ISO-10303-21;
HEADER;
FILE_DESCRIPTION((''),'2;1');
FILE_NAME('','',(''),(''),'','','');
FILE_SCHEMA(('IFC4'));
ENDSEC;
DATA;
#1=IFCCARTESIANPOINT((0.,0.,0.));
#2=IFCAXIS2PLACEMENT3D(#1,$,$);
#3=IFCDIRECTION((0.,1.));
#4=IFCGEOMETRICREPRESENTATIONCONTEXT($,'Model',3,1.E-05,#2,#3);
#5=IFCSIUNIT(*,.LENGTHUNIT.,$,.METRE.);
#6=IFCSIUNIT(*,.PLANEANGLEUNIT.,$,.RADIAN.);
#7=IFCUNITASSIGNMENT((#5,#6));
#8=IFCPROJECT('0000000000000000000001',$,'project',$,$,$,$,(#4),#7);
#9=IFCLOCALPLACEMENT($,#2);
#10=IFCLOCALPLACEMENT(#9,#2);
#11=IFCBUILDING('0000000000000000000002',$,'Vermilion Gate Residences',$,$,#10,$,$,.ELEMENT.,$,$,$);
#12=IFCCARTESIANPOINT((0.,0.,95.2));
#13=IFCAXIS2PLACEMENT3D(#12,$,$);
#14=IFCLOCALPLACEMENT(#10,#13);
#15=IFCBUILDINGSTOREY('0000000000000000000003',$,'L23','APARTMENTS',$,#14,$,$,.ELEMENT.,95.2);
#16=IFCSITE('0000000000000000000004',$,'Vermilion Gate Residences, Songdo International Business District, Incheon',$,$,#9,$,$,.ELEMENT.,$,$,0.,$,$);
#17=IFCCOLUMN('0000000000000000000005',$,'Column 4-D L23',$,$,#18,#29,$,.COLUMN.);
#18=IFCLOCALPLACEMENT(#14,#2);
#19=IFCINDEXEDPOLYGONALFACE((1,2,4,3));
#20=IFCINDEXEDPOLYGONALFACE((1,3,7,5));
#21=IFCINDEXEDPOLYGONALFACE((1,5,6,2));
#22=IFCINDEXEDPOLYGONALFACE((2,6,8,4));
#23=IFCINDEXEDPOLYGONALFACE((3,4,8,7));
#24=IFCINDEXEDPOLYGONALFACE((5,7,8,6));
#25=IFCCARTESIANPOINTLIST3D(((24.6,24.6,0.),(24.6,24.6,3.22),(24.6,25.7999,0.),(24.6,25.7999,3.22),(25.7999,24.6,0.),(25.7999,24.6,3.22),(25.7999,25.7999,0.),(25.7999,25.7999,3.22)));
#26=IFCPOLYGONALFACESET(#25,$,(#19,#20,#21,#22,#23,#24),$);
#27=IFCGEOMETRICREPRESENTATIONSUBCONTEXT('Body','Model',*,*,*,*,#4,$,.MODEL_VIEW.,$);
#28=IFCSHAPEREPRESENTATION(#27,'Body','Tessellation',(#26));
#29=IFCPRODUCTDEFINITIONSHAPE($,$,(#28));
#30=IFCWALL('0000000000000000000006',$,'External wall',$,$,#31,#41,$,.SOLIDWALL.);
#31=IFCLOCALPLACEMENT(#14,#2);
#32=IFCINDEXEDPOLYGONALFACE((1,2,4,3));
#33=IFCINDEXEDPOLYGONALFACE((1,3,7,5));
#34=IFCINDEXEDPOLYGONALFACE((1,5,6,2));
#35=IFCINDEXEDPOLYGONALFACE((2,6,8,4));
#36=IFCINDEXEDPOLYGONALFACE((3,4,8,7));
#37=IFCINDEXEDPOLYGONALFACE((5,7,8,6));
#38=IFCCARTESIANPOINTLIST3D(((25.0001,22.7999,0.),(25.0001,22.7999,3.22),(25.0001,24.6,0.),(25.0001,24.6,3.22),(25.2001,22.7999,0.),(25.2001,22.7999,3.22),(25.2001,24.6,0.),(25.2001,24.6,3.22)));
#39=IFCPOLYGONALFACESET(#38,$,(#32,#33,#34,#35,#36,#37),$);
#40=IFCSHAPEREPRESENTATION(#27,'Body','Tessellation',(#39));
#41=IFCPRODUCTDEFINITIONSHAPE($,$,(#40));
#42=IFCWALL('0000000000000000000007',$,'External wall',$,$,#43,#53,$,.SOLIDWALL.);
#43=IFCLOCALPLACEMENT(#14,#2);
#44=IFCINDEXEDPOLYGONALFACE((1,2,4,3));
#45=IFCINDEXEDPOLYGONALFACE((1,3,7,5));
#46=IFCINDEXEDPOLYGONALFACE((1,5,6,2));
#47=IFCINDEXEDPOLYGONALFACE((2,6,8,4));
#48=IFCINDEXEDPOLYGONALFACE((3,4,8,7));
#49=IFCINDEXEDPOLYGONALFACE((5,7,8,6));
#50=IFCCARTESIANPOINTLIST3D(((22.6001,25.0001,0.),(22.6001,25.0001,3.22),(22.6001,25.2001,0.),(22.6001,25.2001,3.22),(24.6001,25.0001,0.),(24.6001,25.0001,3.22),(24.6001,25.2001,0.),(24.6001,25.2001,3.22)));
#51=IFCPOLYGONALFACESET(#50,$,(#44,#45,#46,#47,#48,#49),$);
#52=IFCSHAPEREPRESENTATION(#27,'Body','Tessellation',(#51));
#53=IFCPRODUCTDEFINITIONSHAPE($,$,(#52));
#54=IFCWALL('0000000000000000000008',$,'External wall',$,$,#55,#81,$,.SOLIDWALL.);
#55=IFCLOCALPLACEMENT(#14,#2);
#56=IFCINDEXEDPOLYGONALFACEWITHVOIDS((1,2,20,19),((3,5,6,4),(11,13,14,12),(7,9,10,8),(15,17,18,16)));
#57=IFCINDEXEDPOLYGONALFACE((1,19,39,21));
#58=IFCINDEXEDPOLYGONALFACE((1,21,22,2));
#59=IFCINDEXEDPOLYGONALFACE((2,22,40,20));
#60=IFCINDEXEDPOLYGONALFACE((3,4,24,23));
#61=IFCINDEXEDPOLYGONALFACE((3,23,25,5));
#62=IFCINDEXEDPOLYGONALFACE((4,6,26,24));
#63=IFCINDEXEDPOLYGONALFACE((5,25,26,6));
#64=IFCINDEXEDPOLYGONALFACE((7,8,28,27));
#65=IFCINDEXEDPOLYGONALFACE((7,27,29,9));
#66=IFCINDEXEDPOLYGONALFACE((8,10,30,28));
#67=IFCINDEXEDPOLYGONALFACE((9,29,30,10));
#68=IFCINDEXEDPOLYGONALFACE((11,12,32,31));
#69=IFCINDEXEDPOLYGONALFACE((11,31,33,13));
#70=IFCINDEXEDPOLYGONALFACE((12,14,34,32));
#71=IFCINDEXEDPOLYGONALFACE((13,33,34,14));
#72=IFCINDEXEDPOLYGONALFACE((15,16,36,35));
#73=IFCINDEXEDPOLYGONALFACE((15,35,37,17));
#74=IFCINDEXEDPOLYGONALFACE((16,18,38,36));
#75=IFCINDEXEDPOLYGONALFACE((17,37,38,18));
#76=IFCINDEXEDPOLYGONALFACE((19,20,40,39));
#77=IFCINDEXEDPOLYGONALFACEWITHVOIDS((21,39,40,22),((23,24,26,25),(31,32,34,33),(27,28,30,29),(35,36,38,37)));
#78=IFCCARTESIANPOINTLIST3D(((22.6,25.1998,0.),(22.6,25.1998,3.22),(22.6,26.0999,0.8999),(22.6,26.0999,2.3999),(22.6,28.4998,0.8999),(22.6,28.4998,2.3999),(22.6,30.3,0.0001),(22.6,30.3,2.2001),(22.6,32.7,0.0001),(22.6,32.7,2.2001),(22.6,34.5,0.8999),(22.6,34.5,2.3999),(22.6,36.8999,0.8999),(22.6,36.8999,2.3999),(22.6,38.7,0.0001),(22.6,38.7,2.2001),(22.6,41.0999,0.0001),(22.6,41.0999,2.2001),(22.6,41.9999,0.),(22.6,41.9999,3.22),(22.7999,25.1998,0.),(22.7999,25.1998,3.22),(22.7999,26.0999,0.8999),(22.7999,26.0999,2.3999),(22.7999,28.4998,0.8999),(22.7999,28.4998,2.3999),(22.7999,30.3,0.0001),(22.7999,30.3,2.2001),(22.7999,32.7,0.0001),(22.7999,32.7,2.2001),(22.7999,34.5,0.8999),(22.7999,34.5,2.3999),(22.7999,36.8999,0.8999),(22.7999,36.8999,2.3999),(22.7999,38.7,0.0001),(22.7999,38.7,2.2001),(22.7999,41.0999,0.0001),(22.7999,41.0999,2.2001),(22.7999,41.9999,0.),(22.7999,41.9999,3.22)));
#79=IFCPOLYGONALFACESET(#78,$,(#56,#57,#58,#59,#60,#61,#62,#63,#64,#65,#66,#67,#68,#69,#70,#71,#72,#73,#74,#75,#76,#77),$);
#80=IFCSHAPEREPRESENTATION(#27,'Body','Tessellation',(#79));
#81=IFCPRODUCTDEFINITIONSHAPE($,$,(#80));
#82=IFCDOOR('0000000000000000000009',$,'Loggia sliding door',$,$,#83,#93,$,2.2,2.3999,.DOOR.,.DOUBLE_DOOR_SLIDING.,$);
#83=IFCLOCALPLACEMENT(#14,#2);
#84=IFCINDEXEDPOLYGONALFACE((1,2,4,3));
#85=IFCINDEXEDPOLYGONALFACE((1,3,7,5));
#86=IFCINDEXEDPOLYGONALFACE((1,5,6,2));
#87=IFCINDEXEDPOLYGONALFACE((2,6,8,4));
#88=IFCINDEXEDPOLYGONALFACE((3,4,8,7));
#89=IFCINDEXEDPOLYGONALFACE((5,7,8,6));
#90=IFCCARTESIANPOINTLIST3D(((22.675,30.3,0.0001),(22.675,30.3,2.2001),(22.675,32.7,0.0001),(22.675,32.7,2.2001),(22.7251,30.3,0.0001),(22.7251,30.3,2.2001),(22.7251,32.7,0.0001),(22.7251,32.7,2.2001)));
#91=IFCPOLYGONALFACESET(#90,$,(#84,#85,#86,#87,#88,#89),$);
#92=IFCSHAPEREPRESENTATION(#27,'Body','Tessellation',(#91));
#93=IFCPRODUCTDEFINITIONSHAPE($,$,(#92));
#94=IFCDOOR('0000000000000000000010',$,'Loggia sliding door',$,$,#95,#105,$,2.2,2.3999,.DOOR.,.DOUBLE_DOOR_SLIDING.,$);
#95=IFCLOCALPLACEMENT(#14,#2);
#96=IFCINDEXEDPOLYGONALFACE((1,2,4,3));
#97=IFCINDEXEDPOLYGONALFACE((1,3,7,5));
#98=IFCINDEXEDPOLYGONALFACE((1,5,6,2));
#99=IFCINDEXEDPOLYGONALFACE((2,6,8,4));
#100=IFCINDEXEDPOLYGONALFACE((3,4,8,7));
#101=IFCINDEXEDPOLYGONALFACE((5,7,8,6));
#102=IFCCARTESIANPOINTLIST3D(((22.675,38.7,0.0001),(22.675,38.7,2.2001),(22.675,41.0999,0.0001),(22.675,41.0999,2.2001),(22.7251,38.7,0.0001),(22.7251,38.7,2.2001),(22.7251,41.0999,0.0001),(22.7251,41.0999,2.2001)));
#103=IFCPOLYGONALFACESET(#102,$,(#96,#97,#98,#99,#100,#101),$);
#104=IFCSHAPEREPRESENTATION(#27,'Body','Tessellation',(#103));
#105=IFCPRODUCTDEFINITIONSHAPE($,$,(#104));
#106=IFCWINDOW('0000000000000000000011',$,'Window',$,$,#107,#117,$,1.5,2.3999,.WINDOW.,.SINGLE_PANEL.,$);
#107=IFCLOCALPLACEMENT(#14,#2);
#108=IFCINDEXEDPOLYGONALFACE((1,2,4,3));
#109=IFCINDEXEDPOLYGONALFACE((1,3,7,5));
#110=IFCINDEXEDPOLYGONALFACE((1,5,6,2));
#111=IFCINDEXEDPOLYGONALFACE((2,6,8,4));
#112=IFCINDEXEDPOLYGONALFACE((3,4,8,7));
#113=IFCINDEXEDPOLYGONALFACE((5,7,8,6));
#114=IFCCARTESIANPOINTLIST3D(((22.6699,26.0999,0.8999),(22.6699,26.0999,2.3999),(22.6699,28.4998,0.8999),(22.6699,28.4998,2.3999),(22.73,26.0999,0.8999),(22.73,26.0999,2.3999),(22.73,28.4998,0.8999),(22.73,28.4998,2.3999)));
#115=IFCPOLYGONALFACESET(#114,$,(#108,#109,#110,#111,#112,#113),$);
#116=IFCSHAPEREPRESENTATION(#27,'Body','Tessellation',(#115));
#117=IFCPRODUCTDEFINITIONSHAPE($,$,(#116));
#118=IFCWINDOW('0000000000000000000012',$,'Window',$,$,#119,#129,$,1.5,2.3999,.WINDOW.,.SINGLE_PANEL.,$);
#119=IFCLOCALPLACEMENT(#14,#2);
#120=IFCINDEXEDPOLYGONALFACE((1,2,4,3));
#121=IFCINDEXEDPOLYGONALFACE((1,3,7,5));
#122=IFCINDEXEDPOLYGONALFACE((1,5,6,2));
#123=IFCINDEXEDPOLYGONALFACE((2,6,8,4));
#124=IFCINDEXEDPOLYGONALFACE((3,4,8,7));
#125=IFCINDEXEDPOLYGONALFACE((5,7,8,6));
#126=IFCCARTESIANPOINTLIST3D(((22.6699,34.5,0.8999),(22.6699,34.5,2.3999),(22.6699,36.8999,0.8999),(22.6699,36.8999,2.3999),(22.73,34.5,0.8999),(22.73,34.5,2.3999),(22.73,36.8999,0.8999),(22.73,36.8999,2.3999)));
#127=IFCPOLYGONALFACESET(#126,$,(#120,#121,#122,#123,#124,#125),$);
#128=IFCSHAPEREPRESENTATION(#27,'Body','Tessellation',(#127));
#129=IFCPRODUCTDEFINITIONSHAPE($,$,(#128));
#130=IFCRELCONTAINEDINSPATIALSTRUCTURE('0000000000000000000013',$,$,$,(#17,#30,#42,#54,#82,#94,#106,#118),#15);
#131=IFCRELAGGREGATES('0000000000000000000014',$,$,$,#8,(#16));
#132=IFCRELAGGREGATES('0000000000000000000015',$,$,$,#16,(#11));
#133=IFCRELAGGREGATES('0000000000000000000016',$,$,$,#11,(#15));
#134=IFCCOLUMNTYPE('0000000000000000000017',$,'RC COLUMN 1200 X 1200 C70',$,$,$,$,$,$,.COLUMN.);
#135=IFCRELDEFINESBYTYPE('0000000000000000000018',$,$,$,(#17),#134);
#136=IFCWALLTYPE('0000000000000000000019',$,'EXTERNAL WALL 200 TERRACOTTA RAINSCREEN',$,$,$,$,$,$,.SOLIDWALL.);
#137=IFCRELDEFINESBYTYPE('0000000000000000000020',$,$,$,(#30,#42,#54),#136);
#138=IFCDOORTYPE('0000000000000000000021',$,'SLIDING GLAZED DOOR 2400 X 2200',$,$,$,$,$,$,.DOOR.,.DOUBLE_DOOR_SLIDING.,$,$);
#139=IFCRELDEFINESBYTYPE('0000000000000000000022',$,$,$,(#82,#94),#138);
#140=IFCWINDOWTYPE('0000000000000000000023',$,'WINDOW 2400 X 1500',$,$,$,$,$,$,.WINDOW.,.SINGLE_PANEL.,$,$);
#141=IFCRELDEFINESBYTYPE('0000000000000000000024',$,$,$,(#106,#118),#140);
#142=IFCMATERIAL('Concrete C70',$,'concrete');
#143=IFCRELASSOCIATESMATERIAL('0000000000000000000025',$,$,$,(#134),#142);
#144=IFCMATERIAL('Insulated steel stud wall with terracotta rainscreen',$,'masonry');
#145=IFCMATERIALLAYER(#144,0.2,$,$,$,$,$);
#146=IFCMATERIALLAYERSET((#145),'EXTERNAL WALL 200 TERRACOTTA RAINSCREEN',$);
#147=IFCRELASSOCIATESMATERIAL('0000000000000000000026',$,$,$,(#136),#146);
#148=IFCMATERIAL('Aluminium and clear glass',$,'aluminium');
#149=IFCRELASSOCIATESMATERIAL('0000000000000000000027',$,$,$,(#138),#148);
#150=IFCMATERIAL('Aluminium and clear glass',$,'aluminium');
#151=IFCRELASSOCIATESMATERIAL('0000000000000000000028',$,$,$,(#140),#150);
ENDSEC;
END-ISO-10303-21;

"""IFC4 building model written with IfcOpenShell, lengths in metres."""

from ifc_helpers import new_model, si_unit, direction, frame, frame_2d, origin, origin_2d, place, context, subcontext, project, spatial, rectangle, extrude, material, layer, layer_set, material_profile, profile_set, type_object, element, fill, save


model = new_model("IFC4")

# Units and contexts
model_context = context("Model", 3, precision=1e-05, world=origin(), true_north=direction((0.0, 1.0)))
body_context = subcontext(model_context, "Body", "Model", "MODEL_VIEW")
ifc_project = project(units=[si_unit("LENGTHUNIT", "METRE"), si_unit("PLANEANGLEUNIT", "RADIAN")], contexts=[model_context])

# Site, building, storey
site_placement = place(None, origin())
site = spatial("IfcSite", under=ifc_project, at=site_placement, Name="Vermilion Gate Residences, Songdo International Business District, Incheon", CompositionType="ELEMENT", RefElevation=0.0)
building_placement = place(site_placement, origin())
building = spatial("IfcBuilding", under=site, at=building_placement, Name="Vermilion Gate Residences", CompositionType="ELEMENT")
storey_placement = place(building_placement, frame((0.0, 0.0, 95.2)))
storey = spatial("IfcBuildingStorey", under=building, at=storey_placement, Name="L23", Description="APARTMENTS", CompositionType="ELEMENT", Elevation=95.2)

# Column
ifc_material_1 = material(Name="Concrete C70", Category="concrete")
ifc_material_profile = material_profile(ifc_material_1, rectangle(XDim=1.2, YDim=1.2, at=origin_2d()), Name="RC-1200x1200")
ifc_profile_set = profile_set([ifc_material_profile], Name="Concrete C70")
column_type = type_object("IfcColumnType", Name="RC COLUMN 1200 X 1200 C70", PredefinedType="COLUMN", material=ifc_profile_set)
column_placement = place(storey_placement, frame((25.2, 25.2, 0.0), z_axis=(0.0, 0.0, 1.0), x_axis=(1.0, 0.0, 0.0)))
element("IfcColumn", 1, at=column_placement, inside=storey, type_object=column_type, Name="Column 4-D L23", PredefinedType="COLUMN", context=body_context, shape_type="SweptSolid", body=[
    extrude(rectangle(XDim=1.2, YDim=1.2, at=origin_2d()), origin(), (0.0, 0.0, 1.0), 3.22),
])

# Walls
ifc_material_2 = material(Name="Insulated steel stud wall with terracotta rainscreen", Category="masonry")
ifc_layer_1 = layer(ifc_material_2, 0.2)
ifc_layer_set_1 = layer_set([ifc_layer_1], Name="EXTERNAL WALL 200 TERRACOTTA RAINSCREEN")
wall_type_1 = type_object("IfcWallType", Name="EXTERNAL WALL 200 TERRACOTTA RAINSCREEN", PredefinedType="SOLIDWALL", material=ifc_layer_set_1)
wall_1_placement = place(storey_placement, frame((25.1001, 22.8, 0.0), z_axis=(0.0, 0.0, 1.0), x_axis=(0.0, 1.0, 0.0)))
element("IfcWall", 2, at=wall_1_placement, inside=storey, type_object=wall_type_1, Name="External wall", PredefinedType="SOLIDWALL", context=body_context, shape_type="SweptSolid", body=[
    extrude(rectangle(XDim=1.8, YDim=0.2, at=frame_2d((0.8999, 0.0))), origin(), (0.0, 0.0, 1.0), 3.22),
])
wall_2_placement = place(storey_placement, frame((24.6001, 25.1001, 0.0), z_axis=(0.0, 0.0, 1.0), x_axis=(-1.0, 0.0, 0.0)))
element("IfcWall", 3, at=wall_2_placement, inside=storey, type_object=wall_type_1, Name="External wall", PredefinedType="SOLIDWALL", context=body_context, shape_type="SweptSolid", body=[
    extrude(rectangle(XDim=2.0, YDim=0.2, at=frame_2d((1.0, 0.0))), origin(), (0.0, 0.0, 1.0), 3.22),
])

# Wall, openings, doors, windows
wall_3_placement = place(storey_placement, frame((22.7, 25.2, 0.0), z_axis=(0.0, 0.0, 1.0), x_axis=(0.0, 1.0, 0.0)))
wall_3 = element("IfcWall", 4, at=wall_3_placement, inside=storey, type_object=wall_type_1, Name="External wall", PredefinedType="SOLIDWALL", context=body_context, shape_type="SweptSolid", body=[
    extrude(rectangle(XDim=16.8, YDim=0.2, at=frame_2d((8.3999, 0.0))), origin(), (0.0, 0.0, 1.0), 3.22),
])
opening_1_placement = place(wall_3_placement, frame((0.8999, 0.0, 0.8999)))
opening_1 = element("IfcOpeningElement", 5, at=opening_1_placement, cuts=wall_3, PredefinedType="OPENING", context=body_context, shape_type="SweptSolid", body=[
    extrude(rectangle(XDim=2.3999, YDim=1.5, at=frame_2d((1.2, 0.75))), frame((0.0, 0.1099, 0.0), z_axis=(0.0, -1.0, 0.0), x_axis=(1.0, 0.0, 0.0)), (0.0, 0.0, 1.0), 0.22),
])
opening_2_placement = place(wall_3_placement, frame((5.1001, 0.0, 0.0)))
opening_2 = element("IfcOpeningElement", 6, at=opening_2_placement, cuts=wall_3, PredefinedType="OPENING", context=body_context, shape_type="SweptSolid", body=[
    extrude(rectangle(XDim=2.3999, YDim=2.2, at=frame_2d((1.2, 1.1001))), frame((0.0, 0.1099, 0.0), z_axis=(0.0, -1.0, 0.0), x_axis=(1.0, 0.0, 0.0)), (0.0, 0.0, 1.0), 0.22),
])
opening_3_placement = place(wall_3_placement, frame((9.3, 0.0, 0.8999)))
opening_3 = element("IfcOpeningElement", 7, at=opening_3_placement, cuts=wall_3, PredefinedType="OPENING", context=body_context, shape_type="SweptSolid", body=[
    extrude(rectangle(XDim=2.3999, YDim=1.5, at=frame_2d((1.2, 0.75))), frame((0.0, 0.1099, 0.0), z_axis=(0.0, -1.0, 0.0), x_axis=(1.0, 0.0, 0.0)), (0.0, 0.0, 1.0), 0.22),
])
opening_4_placement = place(wall_3_placement, frame((13.5, 0.0, 0.0)))
opening_4 = element("IfcOpeningElement", 8, at=opening_4_placement, cuts=wall_3, PredefinedType="OPENING", context=body_context, shape_type="SweptSolid", body=[
    extrude(rectangle(XDim=2.3999, YDim=2.2, at=frame_2d((1.2, 1.1001))), frame((0.0, 0.1099, 0.0), z_axis=(0.0, -1.0, 0.0), x_axis=(1.0, 0.0, 0.0)), (0.0, 0.0, 1.0), 0.22),
])
ifc_material_3 = material(Name="Aluminium and clear glass", Category="aluminium")
door_type_1 = type_object("IfcDoorType", Name="SLIDING GLAZED DOOR 2400 X 2200", OperationType="DOUBLE_DOOR_SLIDING", PredefinedType="DOOR", material=ifc_material_3)
door_1_placement = place(opening_2_placement, origin())
door_1 = element("IfcDoor", 9, at=door_1_placement, inside=storey, type_object=door_type_1, Name="Loggia sliding door", OperationType="DOUBLE_DOOR_SLIDING", OverallHeight=2.2, OverallWidth=2.3999, PredefinedType="DOOR", context=body_context, shape_type="SweptSolid", body=[
    extrude(rectangle(XDim=2.3999, YDim=2.2, at=frame_2d((1.2, 1.1001))), frame((0.0, 0.0249, 0.0), z_axis=(0.0, -1.0, 0.0), x_axis=(1.0, 0.0, 0.0)), (0.0, 0.0, 1.0), 0.05),
])
fill(opening_2, door_1)
door_2_placement = place(opening_4_placement, origin())
door_2 = element("IfcDoor", 10, at=door_2_placement, inside=storey, type_object=door_type_1, Name="Loggia sliding door", OperationType="DOUBLE_DOOR_SLIDING", OverallHeight=2.2, OverallWidth=2.3999, PredefinedType="DOOR", context=body_context, shape_type="SweptSolid", body=[
    extrude(rectangle(XDim=2.3999, YDim=2.2, at=frame_2d((1.2, 1.1001))), frame((0.0, 0.0249, 0.0), z_axis=(0.0, -1.0, 0.0), x_axis=(1.0, 0.0, 0.0)), (0.0, 0.0, 1.0), 0.05),
])
fill(opening_4, door_2)
ifc_material_4 = material(Name="Aluminium and clear glass", Category="aluminium")
window_type = type_object("IfcWindowType", Name="WINDOW 2400 X 1500", PartitioningType="SINGLE_PANEL", PredefinedType="WINDOW", material=ifc_material_4)
window_1_placement = place(opening_1_placement, origin())
window_1 = element("IfcWindow", 11, at=window_1_placement, inside=storey, type_object=window_type, Name="Window", OverallHeight=1.5, OverallWidth=2.3999, PartitioningType="SINGLE_PANEL", PredefinedType="WINDOW", context=body_context, shape_type="SweptSolid", body=[
    extrude(rectangle(XDim=2.3999, YDim=1.5, at=frame_2d((1.2, 0.75))), frame((0.0, 0.03, 0.0), z_axis=(0.0, -1.0, 0.0), x_axis=(1.0, 0.0, 0.0)), (0.0, 0.0, 1.0), 0.0601),
])
fill(opening_1, window_1)
window_2_placement = place(opening_3_placement, origin())
window_2 = element("IfcWindow", 12, at=window_2_placement, inside=storey, type_object=window_type, Name="Window", OverallHeight=1.5, OverallWidth=2.3999, PartitioningType="SINGLE_PANEL", PredefinedType="WINDOW", context=body_context, shape_type="SweptSolid", body=[
    extrude(rectangle(XDim=2.3999, YDim=1.5, at=frame_2d((1.2, 0.75))), frame((0.0, 0.03, 0.0), z_axis=(0.0, -1.0, 0.0), x_axis=(1.0, 0.0, 0.0)), (0.0, 0.0, 1.0), 0.0601),
])
fill(opening_3, window_2)

save(model, "model.ifc")
